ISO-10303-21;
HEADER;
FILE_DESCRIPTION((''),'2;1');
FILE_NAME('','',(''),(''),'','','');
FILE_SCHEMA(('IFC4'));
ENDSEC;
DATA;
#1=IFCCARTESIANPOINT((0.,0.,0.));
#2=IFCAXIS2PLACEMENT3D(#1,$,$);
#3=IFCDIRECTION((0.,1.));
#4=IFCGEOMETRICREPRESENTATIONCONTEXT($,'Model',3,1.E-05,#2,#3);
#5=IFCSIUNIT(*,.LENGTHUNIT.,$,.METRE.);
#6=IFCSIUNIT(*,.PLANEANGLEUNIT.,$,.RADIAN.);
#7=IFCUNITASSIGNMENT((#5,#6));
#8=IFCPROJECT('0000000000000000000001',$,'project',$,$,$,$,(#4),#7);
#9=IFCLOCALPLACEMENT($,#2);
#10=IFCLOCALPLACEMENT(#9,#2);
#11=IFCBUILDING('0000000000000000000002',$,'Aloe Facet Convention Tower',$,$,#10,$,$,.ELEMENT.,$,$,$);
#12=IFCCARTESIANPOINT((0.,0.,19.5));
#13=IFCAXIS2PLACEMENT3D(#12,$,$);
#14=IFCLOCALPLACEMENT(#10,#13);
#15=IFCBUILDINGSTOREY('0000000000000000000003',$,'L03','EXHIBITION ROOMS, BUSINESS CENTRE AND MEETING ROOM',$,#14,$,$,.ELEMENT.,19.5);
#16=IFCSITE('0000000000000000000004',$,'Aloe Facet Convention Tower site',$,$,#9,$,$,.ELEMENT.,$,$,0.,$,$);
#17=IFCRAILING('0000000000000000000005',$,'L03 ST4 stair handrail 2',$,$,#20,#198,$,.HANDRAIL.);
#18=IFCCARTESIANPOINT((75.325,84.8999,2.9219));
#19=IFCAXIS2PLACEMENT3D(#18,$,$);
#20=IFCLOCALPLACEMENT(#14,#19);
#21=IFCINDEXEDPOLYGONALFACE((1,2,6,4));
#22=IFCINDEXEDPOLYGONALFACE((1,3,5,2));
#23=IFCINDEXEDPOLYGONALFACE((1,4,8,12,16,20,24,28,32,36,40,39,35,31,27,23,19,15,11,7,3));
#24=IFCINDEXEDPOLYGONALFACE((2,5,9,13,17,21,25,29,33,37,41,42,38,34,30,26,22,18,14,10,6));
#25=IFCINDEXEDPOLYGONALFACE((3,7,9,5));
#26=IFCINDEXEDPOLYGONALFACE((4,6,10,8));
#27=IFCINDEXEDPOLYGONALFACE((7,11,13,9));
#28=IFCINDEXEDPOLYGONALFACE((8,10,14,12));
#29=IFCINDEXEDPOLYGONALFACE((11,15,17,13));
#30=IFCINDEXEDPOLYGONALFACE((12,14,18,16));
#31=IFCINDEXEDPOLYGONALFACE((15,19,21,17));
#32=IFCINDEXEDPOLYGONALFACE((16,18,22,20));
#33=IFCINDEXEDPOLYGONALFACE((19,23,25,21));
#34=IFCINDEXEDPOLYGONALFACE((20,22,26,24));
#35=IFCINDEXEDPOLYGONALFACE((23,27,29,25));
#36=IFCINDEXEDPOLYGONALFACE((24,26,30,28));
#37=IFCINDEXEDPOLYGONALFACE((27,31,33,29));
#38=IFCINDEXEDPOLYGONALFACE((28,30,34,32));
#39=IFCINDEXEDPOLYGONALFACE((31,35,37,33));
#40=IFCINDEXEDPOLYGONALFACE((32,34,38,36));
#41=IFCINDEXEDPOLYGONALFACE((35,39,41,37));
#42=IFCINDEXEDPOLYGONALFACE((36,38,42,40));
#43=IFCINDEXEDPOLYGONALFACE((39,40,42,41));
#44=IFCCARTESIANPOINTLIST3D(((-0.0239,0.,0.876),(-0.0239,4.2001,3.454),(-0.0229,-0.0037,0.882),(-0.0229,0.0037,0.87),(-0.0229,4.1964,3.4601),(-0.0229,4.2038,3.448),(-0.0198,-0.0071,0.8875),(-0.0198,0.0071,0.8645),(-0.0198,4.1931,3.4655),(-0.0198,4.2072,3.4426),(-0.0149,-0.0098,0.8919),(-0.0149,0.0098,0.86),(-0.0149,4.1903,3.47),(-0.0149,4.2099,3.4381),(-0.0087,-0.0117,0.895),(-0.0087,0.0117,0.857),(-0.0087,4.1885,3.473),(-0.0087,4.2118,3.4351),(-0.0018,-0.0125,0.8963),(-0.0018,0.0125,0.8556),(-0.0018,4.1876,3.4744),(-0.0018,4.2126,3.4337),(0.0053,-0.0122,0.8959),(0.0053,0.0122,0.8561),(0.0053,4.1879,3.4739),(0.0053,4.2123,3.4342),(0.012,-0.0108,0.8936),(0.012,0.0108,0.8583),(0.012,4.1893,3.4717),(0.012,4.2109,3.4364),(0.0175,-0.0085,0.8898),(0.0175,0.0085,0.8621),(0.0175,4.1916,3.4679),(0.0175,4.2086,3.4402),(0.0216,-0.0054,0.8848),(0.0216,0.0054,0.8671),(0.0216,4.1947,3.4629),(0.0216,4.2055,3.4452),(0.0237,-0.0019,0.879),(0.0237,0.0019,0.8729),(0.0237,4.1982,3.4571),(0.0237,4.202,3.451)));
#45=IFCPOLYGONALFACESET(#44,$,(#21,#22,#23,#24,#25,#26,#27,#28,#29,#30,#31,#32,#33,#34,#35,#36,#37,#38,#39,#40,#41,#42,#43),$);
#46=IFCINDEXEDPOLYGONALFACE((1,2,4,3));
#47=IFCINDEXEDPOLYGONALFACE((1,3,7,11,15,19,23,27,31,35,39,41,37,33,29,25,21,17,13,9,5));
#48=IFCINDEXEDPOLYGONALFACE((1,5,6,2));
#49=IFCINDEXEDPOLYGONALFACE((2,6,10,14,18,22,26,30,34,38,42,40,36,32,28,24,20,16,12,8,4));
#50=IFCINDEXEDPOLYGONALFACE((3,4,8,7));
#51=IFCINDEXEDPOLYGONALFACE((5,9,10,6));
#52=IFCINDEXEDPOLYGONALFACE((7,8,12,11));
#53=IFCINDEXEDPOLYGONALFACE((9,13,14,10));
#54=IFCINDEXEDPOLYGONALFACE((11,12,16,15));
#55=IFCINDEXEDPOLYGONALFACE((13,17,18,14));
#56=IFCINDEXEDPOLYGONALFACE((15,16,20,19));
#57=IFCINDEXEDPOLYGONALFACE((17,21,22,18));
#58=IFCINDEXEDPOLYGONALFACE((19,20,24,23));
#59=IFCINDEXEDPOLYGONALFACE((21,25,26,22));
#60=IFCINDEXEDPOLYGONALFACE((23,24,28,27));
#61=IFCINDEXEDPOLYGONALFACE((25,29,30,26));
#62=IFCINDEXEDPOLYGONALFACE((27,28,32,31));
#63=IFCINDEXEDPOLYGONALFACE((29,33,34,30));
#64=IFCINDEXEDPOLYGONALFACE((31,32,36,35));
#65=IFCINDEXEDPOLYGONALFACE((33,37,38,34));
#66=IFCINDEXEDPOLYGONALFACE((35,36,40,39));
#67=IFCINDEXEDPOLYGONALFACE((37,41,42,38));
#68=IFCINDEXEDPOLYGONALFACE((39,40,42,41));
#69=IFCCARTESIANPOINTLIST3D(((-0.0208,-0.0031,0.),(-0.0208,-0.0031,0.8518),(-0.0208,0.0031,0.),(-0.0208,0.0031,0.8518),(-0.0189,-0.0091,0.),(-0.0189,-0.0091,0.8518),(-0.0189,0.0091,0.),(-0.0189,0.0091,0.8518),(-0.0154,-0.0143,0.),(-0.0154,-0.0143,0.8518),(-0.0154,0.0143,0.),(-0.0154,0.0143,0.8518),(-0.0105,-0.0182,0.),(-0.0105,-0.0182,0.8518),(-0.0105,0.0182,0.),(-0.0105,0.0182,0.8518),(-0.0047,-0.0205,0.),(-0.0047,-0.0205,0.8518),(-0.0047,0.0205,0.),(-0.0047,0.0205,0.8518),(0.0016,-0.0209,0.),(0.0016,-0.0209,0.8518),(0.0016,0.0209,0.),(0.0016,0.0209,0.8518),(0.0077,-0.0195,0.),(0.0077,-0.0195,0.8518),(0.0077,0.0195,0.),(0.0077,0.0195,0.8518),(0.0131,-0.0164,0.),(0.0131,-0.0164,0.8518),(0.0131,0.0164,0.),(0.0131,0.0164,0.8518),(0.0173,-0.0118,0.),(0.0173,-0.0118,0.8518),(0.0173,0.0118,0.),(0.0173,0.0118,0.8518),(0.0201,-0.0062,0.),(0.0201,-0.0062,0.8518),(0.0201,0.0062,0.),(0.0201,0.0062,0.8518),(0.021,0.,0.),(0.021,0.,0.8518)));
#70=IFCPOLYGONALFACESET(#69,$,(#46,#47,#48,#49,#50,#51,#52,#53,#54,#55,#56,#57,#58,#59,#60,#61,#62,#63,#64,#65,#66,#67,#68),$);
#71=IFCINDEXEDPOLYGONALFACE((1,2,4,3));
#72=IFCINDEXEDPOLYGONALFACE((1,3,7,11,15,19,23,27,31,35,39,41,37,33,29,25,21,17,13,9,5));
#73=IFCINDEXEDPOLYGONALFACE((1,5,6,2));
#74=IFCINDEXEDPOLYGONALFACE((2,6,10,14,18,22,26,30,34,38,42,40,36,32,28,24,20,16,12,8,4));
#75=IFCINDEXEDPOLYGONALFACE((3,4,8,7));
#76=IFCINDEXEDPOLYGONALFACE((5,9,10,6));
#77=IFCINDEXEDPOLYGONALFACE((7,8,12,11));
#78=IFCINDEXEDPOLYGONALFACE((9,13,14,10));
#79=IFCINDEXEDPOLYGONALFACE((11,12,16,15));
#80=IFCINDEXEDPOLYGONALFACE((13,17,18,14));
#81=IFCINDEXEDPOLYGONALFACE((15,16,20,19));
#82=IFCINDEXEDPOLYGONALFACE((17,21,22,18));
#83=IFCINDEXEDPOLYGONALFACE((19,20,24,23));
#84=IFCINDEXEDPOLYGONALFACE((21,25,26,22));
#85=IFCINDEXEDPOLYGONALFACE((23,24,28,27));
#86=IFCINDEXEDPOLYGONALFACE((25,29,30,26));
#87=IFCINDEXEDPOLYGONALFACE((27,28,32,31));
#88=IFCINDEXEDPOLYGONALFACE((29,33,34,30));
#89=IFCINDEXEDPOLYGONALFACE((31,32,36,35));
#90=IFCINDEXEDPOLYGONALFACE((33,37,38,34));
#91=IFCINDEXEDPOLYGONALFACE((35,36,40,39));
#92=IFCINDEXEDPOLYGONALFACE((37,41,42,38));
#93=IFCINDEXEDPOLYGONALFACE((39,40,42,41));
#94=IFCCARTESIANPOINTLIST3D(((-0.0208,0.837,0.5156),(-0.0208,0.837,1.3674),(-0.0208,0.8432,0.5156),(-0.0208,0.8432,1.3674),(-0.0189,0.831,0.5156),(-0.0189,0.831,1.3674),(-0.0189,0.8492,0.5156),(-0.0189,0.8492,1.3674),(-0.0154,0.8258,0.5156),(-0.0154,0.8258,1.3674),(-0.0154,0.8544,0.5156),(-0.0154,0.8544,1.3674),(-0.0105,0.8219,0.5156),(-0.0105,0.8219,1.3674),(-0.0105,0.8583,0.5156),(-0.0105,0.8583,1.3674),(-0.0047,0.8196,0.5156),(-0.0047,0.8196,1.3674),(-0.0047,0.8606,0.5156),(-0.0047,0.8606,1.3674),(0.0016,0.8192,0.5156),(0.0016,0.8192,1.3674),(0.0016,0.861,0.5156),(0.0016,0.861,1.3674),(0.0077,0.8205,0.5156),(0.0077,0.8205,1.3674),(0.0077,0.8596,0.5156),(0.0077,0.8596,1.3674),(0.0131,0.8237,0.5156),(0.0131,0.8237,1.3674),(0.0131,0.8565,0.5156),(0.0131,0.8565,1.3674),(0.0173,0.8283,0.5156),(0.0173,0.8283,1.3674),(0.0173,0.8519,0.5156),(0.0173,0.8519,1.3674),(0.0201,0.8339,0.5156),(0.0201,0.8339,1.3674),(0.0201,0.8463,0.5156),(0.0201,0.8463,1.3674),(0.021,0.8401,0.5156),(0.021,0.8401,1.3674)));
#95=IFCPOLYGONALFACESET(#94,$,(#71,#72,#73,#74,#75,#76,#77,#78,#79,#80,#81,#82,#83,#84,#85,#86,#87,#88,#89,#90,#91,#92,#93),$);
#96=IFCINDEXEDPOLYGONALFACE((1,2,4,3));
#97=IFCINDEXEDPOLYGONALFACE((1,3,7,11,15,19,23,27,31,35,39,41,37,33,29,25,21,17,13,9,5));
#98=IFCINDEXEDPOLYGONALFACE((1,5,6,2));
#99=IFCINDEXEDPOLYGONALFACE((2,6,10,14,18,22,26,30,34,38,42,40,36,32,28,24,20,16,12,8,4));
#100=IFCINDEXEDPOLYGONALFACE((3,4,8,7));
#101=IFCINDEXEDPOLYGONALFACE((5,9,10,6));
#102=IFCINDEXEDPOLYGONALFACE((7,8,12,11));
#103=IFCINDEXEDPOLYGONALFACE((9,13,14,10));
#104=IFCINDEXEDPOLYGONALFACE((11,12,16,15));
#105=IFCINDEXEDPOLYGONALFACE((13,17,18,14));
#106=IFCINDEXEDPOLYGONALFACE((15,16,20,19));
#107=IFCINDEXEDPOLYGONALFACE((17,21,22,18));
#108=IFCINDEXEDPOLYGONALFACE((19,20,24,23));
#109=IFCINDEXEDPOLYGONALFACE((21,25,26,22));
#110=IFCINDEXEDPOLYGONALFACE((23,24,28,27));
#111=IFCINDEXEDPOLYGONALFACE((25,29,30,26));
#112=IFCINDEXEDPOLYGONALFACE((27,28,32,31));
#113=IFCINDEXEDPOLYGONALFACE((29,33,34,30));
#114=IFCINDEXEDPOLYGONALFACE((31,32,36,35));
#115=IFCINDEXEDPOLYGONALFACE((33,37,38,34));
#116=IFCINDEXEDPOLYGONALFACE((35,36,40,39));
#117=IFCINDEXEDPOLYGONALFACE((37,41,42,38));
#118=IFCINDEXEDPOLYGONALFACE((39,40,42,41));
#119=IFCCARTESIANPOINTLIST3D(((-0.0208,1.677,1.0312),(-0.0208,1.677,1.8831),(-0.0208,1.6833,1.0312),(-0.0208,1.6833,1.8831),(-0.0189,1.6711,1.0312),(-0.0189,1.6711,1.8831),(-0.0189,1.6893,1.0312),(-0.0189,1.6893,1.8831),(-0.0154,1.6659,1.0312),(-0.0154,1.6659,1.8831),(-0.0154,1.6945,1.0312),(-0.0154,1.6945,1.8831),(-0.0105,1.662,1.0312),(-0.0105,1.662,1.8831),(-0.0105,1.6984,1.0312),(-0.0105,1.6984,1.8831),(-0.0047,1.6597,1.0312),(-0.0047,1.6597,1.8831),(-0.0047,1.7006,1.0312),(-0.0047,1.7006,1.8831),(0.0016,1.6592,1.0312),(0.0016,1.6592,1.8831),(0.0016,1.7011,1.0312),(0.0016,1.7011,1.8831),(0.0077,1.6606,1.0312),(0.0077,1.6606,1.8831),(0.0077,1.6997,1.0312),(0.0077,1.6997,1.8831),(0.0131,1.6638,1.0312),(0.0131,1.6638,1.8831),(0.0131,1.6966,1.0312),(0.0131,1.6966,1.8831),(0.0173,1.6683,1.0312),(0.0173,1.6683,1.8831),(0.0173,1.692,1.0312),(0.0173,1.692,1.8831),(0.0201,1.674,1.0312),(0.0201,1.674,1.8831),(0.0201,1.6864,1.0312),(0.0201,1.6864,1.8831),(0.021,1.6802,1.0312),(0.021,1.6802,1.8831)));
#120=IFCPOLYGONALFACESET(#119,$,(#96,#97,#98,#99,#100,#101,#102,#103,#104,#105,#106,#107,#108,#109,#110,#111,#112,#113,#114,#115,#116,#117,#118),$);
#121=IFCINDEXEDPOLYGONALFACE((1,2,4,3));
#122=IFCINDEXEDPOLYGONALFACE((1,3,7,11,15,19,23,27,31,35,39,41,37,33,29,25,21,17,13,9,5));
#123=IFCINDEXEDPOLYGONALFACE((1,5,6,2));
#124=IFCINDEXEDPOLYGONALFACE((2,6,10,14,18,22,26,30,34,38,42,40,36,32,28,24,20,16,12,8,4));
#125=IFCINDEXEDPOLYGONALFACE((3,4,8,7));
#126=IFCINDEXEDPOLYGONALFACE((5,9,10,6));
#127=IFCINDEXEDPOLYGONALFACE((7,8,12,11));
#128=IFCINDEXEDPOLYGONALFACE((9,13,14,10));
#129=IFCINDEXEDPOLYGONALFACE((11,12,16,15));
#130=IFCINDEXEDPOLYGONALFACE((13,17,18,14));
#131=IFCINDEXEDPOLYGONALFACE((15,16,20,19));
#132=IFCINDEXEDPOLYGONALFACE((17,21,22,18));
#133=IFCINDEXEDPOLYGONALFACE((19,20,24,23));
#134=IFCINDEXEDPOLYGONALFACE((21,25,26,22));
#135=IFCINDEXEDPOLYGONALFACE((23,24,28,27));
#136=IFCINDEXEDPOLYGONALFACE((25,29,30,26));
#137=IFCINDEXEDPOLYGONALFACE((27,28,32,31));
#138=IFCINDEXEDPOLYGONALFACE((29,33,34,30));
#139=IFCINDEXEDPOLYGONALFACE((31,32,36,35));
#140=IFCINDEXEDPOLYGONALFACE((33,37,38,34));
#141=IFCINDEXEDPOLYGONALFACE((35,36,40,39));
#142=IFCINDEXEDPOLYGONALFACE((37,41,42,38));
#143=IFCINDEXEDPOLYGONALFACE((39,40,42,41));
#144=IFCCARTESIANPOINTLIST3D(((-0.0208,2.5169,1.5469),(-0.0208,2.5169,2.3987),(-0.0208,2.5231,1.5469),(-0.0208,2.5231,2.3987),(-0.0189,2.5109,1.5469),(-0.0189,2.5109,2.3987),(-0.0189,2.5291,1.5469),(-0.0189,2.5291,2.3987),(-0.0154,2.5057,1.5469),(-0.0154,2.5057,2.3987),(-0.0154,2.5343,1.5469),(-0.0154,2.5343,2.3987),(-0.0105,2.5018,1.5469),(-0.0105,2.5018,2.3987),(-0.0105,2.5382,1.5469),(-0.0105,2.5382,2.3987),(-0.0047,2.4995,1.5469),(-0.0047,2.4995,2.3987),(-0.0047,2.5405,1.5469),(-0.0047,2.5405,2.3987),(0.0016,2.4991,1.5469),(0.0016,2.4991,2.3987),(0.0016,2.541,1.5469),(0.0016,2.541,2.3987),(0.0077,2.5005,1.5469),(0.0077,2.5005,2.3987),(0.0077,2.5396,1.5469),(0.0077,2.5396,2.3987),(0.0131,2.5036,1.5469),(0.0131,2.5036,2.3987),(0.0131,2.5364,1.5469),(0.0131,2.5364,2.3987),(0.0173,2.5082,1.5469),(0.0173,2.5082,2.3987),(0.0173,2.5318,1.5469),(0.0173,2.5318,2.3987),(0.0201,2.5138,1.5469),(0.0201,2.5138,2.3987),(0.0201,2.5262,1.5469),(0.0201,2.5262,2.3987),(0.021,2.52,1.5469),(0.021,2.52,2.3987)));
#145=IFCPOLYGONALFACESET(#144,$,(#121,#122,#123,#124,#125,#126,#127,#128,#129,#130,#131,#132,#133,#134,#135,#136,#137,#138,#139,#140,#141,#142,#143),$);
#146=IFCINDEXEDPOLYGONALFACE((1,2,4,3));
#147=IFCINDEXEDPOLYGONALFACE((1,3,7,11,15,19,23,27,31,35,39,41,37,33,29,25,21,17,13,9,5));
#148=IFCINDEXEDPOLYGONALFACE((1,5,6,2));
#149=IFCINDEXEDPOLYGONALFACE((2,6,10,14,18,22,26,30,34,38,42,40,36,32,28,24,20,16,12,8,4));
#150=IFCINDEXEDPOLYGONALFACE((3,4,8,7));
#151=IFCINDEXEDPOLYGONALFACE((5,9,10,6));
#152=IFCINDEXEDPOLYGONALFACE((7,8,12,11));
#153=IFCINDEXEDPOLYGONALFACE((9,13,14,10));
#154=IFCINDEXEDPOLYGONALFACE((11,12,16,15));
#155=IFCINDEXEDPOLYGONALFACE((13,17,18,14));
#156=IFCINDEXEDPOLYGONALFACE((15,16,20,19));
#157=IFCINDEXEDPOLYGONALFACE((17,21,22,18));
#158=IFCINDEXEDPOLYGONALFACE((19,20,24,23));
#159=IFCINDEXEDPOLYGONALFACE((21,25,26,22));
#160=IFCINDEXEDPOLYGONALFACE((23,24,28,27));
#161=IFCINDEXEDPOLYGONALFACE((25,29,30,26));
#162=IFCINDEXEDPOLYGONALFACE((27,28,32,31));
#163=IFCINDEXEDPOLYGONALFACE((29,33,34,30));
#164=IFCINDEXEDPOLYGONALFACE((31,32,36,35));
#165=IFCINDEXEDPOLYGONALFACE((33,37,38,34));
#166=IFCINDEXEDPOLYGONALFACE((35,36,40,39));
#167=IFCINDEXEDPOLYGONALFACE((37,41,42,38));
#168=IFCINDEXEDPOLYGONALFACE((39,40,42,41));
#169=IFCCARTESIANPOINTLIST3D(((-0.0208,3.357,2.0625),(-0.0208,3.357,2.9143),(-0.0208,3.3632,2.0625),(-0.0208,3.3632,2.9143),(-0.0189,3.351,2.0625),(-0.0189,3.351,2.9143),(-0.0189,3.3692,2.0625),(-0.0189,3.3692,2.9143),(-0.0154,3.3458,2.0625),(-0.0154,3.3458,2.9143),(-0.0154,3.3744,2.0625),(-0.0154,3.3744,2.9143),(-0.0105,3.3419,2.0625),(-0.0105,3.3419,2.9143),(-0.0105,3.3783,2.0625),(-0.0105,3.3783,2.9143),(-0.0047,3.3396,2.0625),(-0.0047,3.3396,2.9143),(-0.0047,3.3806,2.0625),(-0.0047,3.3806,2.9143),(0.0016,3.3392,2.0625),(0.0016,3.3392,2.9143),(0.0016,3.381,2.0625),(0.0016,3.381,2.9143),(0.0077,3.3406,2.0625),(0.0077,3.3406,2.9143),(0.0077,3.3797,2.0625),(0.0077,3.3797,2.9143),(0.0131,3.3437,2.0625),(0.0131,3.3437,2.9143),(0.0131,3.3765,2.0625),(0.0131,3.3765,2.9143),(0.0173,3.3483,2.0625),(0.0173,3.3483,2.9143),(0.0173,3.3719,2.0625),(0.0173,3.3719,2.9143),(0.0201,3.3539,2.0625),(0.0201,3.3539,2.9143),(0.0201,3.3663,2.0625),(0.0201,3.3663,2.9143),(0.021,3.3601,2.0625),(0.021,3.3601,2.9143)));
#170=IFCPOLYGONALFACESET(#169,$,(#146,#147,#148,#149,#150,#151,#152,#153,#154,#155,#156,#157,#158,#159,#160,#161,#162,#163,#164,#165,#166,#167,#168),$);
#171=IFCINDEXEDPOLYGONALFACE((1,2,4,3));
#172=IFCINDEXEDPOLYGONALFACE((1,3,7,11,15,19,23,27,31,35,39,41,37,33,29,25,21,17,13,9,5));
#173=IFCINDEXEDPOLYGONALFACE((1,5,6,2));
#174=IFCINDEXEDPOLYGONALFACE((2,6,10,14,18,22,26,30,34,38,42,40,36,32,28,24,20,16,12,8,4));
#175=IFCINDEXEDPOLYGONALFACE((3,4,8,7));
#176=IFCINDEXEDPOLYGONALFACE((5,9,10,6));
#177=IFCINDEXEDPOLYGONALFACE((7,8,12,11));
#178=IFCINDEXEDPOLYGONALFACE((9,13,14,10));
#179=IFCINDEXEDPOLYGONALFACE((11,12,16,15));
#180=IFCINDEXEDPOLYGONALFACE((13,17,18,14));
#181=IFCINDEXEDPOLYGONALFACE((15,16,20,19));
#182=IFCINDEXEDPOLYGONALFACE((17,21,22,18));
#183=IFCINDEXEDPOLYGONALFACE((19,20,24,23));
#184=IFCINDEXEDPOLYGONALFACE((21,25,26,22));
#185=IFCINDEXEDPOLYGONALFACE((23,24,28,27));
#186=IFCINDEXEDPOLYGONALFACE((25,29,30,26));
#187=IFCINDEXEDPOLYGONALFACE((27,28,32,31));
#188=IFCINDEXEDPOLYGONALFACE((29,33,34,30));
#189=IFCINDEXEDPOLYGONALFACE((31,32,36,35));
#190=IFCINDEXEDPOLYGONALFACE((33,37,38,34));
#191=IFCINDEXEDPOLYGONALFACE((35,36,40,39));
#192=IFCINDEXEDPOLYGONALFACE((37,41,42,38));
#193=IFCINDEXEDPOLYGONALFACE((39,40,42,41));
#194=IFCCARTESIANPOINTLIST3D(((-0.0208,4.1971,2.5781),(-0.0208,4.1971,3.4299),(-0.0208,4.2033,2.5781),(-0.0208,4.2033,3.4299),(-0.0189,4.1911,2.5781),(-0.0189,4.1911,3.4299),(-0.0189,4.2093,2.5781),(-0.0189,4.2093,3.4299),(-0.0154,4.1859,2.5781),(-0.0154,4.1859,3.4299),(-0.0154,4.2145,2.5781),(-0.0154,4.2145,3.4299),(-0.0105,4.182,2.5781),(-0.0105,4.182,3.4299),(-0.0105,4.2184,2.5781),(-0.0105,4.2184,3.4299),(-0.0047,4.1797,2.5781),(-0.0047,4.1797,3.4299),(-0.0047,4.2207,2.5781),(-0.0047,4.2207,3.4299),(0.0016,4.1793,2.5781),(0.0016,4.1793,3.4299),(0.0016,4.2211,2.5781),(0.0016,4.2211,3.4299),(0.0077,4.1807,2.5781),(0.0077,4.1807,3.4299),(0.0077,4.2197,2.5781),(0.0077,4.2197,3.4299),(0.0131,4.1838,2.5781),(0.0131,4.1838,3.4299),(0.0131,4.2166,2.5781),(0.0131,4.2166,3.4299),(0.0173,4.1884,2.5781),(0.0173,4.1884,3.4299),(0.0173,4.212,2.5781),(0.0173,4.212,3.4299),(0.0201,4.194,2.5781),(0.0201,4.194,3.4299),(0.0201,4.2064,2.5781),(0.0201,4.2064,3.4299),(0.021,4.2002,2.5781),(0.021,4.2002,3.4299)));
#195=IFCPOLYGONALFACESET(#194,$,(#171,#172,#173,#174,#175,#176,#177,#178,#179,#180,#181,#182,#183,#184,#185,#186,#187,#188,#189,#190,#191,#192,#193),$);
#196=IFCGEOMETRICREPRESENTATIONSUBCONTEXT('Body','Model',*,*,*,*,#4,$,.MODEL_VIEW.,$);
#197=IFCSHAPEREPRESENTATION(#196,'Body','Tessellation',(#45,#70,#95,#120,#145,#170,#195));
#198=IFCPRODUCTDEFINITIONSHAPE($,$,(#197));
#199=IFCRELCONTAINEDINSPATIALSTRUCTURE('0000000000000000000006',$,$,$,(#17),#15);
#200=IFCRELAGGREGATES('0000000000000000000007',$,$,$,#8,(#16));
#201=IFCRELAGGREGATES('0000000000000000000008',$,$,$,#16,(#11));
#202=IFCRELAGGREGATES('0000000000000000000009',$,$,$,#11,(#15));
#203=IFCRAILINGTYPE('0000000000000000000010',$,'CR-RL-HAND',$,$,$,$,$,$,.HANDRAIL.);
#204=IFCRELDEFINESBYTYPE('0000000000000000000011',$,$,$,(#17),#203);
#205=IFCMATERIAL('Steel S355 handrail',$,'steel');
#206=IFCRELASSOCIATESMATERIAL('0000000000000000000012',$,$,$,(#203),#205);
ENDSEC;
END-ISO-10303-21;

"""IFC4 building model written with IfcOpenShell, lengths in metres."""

from ifc_helpers import new_model, si_unit, direction, frame, origin, origin_2d, place, context, subcontext, project, spatial, circle, extrude, material, type_object, element, save


model = new_model("IFC4")

# Units and contexts
model_context = context("Model", 3, precision=1e-05, world=origin(), true_north=direction((0.0, 1.0)))
body_context = subcontext(model_context, "Body", "Model", "MODEL_VIEW")
ifc_project = project(units=[si_unit("LENGTHUNIT", "METRE"), si_unit("PLANEANGLEUNIT", "RADIAN")], contexts=[model_context])

# Site, building, storey
site_placement = place(None, origin())
site = spatial("IfcSite", under=ifc_project, at=site_placement, Name="Aloe Facet Convention Tower site", CompositionType="ELEMENT", RefElevation=0.0)
building_placement = place(site_placement, origin())
building = spatial("IfcBuilding", under=site, at=building_placement, Name="Aloe Facet Convention Tower", CompositionType="ELEMENT")
storey_placement = place(building_placement, frame((0.0, 0.0, 19.5)))
storey = spatial("IfcBuildingStorey", under=building, at=storey_placement, Name="L03", Description="EXHIBITION ROOMS, BUSINESS CENTRE AND MEETING ROOM", CompositionType="ELEMENT", Elevation=19.5)

# Railing
ifc_material_1 = material(Name="Steel S355 handrail", Category="steel")
railing_type_1 = type_object("IfcRailingType", Name="CR-RL-HAND", PredefinedType="HANDRAIL", material=ifc_material_1)
railing_1_placement = place(storey_placement, frame((75.325, 84.8999, 2.9219)))
element("IfcRailing", 1, at=railing_1_placement, inside=storey, type_object=railing_type_1, Name="L03 ST4 stair handrail 2", PredefinedType="HANDRAIL", context=body_context, shape_type="SweptSolid", body=[
    extrude(circle(Radius=0.0239, at=origin_2d()), frame((0.0, 0.0, 0.876), z_axis=(0.0, 0.852256, 0.523124), x_axis=(-1.0, 0.0, 0.0)), (0.0, 0.0, 1.0), 4.9282),
    extrude(circle(Radius=0.021, at=origin_2d()), origin(), (0.0, 0.0, 1.0), 0.8518),
    extrude(circle(Radius=0.021, at=origin_2d()), frame((0.0, 0.8401, 0.5156)), (0.0, 0.0, 1.0), 0.8518),
    extrude(circle(Radius=0.021, at=origin_2d()), frame((0.0, 1.6802, 1.0312)), (0.0, 0.0, 1.0), 0.8518),
    extrude(circle(Radius=0.021, at=origin_2d()), frame((0.0, 2.52, 1.5469)), (0.0, 0.0, 1.0), 0.8518),
    extrude(circle(Radius=0.021, at=origin_2d()), frame((0.0, 3.3601, 2.0625)), (0.0, 0.0, 1.0), 0.8518),
    extrude(circle(Radius=0.021, at=origin_2d()), frame((0.0, 4.2002, 2.5781)), (0.0, 0.0, 1.0), 0.8518),
])

save(model, "model.ifc")
